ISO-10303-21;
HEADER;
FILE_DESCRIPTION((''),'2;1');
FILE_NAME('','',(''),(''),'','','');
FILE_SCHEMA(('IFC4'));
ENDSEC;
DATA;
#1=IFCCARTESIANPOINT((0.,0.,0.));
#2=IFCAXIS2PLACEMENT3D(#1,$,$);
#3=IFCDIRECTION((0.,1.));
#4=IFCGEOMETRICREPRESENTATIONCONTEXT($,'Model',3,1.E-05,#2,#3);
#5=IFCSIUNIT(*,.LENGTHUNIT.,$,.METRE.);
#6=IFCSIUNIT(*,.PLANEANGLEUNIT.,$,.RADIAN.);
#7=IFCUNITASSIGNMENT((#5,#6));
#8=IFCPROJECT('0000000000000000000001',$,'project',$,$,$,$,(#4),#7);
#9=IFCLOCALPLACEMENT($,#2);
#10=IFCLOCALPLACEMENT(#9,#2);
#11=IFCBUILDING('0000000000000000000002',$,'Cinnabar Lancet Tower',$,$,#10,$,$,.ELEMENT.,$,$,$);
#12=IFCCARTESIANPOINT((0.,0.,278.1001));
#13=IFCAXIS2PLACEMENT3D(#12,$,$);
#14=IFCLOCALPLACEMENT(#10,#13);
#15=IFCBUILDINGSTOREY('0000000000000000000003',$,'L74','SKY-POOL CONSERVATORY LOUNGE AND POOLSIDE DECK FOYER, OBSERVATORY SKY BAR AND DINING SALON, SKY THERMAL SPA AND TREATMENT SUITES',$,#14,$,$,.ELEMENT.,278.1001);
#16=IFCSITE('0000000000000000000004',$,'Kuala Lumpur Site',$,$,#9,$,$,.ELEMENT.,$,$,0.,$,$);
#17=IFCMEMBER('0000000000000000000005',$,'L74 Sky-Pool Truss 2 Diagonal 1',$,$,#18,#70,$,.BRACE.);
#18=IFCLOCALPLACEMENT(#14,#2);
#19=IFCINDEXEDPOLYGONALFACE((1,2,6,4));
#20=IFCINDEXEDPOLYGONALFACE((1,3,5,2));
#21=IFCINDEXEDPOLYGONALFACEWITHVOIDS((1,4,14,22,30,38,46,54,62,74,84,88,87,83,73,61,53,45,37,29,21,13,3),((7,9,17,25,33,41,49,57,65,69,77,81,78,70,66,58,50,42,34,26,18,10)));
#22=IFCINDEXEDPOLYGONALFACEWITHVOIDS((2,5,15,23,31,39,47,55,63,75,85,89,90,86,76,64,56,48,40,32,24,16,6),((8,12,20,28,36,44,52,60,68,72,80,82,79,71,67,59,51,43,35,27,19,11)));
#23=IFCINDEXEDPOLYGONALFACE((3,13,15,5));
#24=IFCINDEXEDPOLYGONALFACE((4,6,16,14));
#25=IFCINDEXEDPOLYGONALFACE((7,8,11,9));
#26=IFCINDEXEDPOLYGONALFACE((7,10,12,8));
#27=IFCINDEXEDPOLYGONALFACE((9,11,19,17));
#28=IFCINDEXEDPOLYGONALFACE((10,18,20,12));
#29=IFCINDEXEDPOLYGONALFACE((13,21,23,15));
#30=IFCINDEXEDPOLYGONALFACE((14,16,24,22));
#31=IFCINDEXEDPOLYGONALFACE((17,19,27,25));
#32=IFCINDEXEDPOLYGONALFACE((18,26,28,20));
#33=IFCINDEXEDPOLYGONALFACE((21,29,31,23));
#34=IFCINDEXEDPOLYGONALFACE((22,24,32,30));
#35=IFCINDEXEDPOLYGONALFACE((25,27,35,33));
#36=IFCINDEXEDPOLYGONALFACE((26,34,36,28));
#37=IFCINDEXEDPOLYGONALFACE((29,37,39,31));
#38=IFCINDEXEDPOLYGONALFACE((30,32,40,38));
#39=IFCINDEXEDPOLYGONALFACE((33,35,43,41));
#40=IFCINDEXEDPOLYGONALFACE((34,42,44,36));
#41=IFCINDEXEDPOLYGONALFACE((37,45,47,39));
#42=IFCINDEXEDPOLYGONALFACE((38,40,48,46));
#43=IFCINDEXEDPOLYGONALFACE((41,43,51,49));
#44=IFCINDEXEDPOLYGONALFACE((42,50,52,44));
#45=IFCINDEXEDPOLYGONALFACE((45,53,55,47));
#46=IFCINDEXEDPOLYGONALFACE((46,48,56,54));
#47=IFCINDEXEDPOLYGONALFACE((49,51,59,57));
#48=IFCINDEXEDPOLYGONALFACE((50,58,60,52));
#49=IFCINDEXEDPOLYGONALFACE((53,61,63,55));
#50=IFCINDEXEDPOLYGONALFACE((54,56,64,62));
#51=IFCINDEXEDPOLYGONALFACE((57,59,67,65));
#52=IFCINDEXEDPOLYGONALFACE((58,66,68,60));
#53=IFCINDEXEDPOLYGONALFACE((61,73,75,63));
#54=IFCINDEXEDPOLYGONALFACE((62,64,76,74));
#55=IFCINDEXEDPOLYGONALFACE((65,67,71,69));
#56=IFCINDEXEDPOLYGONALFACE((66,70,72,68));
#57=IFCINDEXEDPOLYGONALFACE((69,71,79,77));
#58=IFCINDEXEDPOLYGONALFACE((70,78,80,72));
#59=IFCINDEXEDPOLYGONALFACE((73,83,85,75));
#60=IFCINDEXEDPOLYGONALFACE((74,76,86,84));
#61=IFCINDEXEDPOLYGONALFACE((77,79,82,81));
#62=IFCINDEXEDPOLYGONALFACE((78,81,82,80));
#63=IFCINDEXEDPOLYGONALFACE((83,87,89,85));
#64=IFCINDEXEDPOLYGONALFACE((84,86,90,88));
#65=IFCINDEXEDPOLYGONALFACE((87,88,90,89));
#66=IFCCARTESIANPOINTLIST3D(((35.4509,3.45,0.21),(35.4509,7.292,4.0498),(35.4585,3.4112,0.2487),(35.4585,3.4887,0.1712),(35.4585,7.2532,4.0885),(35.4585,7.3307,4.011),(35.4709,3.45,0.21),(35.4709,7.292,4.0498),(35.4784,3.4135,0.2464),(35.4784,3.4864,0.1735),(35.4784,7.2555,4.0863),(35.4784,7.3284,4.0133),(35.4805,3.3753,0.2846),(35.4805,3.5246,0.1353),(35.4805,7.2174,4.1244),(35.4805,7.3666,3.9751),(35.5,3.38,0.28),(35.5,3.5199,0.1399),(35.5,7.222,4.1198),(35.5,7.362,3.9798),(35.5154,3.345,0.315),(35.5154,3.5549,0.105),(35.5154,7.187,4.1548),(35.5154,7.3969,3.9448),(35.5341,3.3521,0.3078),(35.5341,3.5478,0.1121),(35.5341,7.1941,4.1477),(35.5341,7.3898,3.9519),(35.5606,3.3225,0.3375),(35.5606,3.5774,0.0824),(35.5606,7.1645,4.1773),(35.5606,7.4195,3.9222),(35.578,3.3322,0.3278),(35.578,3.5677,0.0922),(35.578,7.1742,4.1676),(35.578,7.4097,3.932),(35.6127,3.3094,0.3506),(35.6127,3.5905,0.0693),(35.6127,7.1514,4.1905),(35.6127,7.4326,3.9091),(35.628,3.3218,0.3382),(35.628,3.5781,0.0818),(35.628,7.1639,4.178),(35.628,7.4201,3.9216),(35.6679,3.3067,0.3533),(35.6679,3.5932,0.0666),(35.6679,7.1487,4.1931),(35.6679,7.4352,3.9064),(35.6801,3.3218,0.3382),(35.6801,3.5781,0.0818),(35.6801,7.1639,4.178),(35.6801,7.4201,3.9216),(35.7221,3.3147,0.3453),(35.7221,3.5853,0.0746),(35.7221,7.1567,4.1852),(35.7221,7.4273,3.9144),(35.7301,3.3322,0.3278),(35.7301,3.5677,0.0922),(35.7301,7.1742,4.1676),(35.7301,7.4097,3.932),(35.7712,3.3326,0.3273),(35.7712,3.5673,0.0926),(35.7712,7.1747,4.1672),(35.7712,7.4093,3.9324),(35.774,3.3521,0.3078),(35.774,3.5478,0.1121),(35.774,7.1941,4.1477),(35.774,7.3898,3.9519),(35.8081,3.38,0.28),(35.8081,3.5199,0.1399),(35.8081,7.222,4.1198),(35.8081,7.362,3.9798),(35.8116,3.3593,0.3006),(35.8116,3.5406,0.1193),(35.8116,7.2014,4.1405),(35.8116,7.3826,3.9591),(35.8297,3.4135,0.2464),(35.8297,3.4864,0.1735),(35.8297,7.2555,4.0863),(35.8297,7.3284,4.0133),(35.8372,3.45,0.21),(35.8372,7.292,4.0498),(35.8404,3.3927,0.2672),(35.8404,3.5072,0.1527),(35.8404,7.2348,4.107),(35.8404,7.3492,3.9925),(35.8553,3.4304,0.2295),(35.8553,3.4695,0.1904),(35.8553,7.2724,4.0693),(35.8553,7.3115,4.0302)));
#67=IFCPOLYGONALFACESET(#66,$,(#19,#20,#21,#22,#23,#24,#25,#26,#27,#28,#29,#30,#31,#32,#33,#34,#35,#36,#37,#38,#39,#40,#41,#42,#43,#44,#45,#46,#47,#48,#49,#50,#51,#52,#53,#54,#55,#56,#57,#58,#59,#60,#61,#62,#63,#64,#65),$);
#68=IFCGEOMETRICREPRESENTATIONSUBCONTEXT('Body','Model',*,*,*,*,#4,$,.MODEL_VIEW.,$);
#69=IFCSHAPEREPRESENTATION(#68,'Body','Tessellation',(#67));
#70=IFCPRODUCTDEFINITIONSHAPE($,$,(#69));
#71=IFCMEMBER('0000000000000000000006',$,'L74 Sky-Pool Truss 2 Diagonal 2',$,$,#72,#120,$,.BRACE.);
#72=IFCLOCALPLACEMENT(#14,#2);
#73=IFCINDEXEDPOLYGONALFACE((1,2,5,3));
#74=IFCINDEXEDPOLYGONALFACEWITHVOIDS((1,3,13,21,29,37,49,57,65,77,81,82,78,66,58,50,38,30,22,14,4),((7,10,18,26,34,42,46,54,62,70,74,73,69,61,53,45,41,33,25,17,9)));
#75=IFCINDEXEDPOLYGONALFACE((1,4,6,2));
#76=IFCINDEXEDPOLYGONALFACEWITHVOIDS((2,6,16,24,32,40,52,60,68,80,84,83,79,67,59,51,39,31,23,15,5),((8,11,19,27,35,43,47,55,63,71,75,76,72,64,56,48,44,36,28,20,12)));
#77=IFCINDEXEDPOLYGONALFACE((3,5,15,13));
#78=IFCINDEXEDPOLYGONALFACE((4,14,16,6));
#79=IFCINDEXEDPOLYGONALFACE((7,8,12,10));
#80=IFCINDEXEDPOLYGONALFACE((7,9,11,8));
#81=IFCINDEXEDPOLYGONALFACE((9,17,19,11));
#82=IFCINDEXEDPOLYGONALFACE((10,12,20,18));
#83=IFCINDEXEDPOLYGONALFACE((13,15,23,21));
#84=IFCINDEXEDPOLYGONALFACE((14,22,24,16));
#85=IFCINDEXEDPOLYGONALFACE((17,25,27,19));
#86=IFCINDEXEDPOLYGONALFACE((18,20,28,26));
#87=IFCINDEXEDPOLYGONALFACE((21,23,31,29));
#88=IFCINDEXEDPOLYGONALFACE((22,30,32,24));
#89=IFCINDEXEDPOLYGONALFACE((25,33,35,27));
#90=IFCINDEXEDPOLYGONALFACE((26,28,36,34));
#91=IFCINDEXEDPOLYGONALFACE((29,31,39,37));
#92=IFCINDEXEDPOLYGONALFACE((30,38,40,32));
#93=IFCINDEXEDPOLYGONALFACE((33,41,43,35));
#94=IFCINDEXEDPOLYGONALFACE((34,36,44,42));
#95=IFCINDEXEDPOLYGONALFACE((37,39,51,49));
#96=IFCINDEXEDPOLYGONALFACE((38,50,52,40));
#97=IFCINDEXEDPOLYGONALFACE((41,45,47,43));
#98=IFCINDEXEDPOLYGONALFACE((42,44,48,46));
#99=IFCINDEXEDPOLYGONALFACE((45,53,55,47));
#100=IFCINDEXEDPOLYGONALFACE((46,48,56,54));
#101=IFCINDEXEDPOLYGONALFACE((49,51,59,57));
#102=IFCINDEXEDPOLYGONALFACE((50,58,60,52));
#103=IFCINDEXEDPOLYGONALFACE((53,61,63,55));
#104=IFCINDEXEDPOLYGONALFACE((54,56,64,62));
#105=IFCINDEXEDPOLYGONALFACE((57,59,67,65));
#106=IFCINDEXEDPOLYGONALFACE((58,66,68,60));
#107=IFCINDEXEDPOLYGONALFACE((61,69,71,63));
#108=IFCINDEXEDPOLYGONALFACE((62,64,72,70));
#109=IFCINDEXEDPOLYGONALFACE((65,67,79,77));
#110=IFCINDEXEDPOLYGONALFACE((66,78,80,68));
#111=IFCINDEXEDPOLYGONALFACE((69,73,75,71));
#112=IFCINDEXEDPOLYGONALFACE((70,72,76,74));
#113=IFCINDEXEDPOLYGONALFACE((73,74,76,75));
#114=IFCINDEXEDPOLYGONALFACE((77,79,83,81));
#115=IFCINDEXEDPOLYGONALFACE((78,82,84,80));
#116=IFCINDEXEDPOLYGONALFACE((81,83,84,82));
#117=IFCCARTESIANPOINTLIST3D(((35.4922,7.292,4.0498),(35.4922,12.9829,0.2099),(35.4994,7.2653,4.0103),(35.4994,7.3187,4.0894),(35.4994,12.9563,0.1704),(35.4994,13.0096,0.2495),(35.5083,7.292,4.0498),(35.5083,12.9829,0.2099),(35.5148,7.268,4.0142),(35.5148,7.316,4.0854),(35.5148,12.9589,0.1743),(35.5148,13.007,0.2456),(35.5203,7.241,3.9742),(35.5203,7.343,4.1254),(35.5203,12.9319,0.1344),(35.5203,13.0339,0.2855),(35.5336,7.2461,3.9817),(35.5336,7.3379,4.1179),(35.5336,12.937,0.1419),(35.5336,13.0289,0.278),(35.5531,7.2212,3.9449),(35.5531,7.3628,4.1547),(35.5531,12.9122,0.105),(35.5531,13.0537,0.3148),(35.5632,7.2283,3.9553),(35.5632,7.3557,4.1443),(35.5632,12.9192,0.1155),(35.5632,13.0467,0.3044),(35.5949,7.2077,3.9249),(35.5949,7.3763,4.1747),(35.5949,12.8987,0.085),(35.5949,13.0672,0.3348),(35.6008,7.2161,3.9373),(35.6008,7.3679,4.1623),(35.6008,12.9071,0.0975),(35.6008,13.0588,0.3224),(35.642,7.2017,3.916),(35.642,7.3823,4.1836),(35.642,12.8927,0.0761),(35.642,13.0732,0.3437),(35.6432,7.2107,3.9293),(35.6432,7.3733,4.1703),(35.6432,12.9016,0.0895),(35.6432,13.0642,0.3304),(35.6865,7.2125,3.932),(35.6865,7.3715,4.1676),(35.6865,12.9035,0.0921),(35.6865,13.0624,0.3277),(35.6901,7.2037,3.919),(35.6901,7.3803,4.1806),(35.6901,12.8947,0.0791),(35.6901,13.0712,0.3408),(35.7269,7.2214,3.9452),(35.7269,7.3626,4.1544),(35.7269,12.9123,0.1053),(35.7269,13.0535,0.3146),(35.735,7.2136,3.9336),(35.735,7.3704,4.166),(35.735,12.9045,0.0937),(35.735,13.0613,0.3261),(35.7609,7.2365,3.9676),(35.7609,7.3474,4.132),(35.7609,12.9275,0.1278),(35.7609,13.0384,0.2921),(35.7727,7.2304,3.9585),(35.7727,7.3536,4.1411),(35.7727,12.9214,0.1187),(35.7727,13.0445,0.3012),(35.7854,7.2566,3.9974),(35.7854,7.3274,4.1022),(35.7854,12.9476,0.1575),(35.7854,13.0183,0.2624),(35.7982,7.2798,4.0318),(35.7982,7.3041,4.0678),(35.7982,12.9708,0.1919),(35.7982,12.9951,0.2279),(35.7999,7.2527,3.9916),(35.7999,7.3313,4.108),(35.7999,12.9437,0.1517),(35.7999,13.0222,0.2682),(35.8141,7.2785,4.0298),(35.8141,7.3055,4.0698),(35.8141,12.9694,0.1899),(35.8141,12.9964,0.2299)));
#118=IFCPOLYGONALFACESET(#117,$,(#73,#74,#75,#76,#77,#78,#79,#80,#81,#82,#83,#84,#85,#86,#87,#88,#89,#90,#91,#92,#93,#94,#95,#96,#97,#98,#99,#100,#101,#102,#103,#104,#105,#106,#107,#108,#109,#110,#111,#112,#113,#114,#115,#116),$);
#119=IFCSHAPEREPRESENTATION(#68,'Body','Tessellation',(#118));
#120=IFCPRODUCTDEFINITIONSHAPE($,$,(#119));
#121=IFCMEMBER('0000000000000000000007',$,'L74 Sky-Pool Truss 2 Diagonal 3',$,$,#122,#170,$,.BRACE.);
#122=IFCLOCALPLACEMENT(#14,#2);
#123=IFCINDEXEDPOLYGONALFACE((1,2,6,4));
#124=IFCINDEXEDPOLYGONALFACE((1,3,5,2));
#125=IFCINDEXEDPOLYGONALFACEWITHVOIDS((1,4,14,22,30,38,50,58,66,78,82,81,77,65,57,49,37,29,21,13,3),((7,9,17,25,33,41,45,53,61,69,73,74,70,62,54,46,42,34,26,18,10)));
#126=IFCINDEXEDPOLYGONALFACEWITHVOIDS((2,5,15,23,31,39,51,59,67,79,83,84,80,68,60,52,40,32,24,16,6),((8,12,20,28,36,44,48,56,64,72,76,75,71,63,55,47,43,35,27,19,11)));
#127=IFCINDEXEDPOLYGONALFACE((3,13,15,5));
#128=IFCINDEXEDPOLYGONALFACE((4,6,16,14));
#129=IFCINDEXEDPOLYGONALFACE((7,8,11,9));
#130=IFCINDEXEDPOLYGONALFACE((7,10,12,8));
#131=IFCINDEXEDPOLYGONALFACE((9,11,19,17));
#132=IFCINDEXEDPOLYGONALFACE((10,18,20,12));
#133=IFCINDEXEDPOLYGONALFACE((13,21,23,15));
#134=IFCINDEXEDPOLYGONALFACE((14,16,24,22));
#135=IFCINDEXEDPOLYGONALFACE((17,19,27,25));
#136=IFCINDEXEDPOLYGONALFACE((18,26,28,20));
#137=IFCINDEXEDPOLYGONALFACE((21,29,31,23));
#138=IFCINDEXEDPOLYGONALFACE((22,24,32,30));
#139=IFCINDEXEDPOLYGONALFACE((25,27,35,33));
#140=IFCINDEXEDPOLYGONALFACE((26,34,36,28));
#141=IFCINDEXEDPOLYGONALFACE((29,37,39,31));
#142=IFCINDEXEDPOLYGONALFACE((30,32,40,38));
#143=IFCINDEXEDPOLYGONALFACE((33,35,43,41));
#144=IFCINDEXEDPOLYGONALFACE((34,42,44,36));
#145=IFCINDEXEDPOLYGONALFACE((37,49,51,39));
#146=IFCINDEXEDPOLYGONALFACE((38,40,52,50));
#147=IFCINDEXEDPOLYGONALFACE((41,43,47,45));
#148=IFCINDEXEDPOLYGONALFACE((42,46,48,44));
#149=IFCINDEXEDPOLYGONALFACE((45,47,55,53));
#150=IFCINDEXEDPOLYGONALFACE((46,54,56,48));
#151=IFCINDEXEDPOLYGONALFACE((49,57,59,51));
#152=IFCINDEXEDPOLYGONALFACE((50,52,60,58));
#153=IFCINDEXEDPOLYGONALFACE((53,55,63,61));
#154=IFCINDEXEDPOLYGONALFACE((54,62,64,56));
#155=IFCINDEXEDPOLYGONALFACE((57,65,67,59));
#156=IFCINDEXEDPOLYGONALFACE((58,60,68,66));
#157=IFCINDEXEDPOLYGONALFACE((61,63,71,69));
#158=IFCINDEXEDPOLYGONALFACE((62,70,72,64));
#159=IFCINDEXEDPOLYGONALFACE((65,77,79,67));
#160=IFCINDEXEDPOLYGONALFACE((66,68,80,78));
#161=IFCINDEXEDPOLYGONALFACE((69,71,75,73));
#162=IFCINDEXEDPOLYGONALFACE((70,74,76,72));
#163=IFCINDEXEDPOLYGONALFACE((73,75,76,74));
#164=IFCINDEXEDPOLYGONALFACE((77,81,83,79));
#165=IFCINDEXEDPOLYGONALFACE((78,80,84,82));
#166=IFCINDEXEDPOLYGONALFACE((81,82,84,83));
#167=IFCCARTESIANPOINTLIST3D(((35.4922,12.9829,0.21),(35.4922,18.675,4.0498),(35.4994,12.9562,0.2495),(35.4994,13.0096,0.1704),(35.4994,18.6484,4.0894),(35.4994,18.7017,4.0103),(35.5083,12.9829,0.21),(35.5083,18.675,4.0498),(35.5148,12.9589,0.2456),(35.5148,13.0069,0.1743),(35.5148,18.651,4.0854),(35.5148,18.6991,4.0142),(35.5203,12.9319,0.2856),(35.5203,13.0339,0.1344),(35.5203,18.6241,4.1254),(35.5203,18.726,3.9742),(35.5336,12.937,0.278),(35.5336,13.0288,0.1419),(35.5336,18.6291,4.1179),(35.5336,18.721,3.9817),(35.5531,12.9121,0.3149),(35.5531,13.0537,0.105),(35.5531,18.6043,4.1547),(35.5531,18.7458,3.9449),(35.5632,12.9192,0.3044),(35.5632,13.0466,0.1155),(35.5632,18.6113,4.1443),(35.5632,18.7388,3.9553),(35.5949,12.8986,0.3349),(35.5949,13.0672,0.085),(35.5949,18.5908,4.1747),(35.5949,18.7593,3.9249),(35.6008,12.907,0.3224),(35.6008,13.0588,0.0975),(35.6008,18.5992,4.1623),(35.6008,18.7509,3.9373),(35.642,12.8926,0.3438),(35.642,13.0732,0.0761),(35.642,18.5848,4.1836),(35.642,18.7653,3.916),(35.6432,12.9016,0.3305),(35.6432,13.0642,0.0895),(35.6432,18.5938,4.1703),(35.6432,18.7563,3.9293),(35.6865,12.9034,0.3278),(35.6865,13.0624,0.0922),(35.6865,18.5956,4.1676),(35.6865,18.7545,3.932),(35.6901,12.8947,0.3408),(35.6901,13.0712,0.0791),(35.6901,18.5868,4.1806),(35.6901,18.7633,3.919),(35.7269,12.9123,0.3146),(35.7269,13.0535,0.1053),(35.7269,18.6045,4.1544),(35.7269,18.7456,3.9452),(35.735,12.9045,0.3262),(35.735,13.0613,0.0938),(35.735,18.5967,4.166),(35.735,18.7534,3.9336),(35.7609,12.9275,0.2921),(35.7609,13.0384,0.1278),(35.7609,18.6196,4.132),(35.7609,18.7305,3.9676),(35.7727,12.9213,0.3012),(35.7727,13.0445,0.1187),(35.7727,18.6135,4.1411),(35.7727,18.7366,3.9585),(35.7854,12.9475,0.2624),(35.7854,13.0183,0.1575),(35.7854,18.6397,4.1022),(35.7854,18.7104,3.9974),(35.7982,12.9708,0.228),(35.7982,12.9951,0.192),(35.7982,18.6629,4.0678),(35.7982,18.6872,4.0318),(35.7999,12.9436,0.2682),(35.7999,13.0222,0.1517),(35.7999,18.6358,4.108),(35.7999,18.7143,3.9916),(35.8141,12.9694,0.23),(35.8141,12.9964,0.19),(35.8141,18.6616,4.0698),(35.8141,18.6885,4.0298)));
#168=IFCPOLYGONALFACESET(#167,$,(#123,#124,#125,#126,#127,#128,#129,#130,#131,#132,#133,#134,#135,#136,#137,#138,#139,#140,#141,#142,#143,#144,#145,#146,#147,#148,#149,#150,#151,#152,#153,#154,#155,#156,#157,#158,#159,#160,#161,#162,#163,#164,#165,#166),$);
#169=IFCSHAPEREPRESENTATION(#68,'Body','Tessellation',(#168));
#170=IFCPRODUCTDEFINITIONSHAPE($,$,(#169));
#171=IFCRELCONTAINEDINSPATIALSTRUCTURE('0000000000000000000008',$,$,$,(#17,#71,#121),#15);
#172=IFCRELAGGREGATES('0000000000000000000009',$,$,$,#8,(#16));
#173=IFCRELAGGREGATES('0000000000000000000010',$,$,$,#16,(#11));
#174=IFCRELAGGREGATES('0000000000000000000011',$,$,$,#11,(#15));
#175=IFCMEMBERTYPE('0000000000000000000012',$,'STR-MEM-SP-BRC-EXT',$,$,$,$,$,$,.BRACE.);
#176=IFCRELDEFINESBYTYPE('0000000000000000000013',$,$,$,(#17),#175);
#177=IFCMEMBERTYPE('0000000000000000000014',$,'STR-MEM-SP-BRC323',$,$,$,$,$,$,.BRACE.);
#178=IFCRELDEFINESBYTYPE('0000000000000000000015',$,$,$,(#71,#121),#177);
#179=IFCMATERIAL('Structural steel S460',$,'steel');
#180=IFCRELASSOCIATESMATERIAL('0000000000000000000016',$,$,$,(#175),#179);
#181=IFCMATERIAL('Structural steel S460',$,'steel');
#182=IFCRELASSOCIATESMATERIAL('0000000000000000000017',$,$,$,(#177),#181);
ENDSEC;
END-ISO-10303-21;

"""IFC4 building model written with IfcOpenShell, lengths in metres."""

from ifc_helpers import new_model, si_unit, direction, frame, origin, origin_2d, place, context, subcontext, project, spatial, hollow_circle, extrude, material, material_profile, profile_set, type_object, element, save


model = new_model("IFC4")

# Units and contexts
model_context = context("Model", 3, precision=1e-05, world=origin(), true_north=direction((0.0, 1.0)))
body_context = subcontext(model_context, "Body", "Model", "MODEL_VIEW")
ifc_project = project(units=[si_unit("LENGTHUNIT", "METRE"), si_unit("PLANEANGLEUNIT", "RADIAN")], contexts=[model_context])

# Site, building, storey
site_placement = place(None, origin())
site = spatial("IfcSite", under=ifc_project, at=site_placement, Name="Kuala Lumpur Site", CompositionType="ELEMENT", RefElevation=0.0)
building_placement = place(site_placement, origin())
building = spatial("IfcBuilding", under=site, at=building_placement, Name="Cinnabar Lancet Tower", CompositionType="ELEMENT")
storey_placement = place(building_placement, frame((0.0, 0.0, 278.1001)))
storey = spatial("IfcBuildingStorey", under=building, at=storey_placement, Name="L74", Description="SKY-POOL CONSERVATORY LOUNGE AND POOLSIDE DECK FOYER, OBSERVATORY SKY BAR AND DINING SALON, SKY THERMAL SPA AND TREATMENT SUITES", CompositionType="ELEMENT", Elevation=278.1001)

# Members
ifc_material_1 = material(Name="Structural steel S460", Category="steel")
ifc_material_profile_1 = material_profile(ifc_material_1, hollow_circle(Radius=0.2031, WallThickness=0.02, at=origin_2d()), Name="CHS 406.4x20")
ifc_profile_set_1 = profile_set([ifc_material_profile_1], Name="Structural steel S460")
member_type_1 = type_object("IfcMemberType", Name="STR-MEM-SP-BRC-EXT", PredefinedType="BRACE", material=ifc_profile_set_1)
member_1_placement = place(storey_placement, frame((35.6541, 3.45, 0.21), z_axis=(0.0, 0.707309, 0.706904), x_axis=(-1.0, 0.0, 0.0)))
element("IfcMember", 1, at=member_1_placement, inside=storey, type_object=member_type_1, Name="L74 Sky-Pool Truss 2 Diagonal 1", PredefinedType="BRACE", context=body_context, shape_type="SweptSolid", body=[
    extrude(hollow_circle(Radius=0.2031, WallThickness=0.02, at=origin_2d()), origin(), (0.0, 0.0, 1.0), 5.4319),
])
ifc_material_2 = material(Name="Structural steel S460", Category="steel")
ifc_material_profile_2 = material_profile(ifc_material_2, hollow_circle(Radius=0.1619, WallThickness=0.0161, at=origin_2d()), Name="CHS 323.9x16")
ifc_profile_set_2 = profile_set([ifc_material_profile_2], Name="Structural steel S460")
member_type_2 = type_object("IfcMemberType", Name="STR-MEM-SP-BRC323", PredefinedType="BRACE", material=ifc_profile_set_2)
member_2_placement = place(storey_placement, frame((35.6541, 7.292, 4.0498), z_axis=(0.0, 0.828952, -0.55932), x_axis=(-1.0, 0.0, 0.0)))
element("IfcMember", 2, at=member_2_placement, inside=storey, type_object=member_type_2, Name="L74 Sky-Pool Truss 2 Diagonal 2", PredefinedType="BRACE", context=body_context, shape_type="SweptSolid", body=[
    extrude(hollow_circle(Radius=0.1619, WallThickness=0.0161, at=origin_2d()), origin(), (0.0, 0.0, 1.0), 6.8652),
])
member_3_placement = place(storey_placement, frame((35.6541, 12.9829, 0.21), z_axis=(0.0, 0.829007, 0.559238), x_axis=(-1.0, 0.0, 0.0)))
element("IfcMember", 3, at=member_3_placement, inside=storey, type_object=member_type_2, Name="L74 Sky-Pool Truss 2 Diagonal 3", PredefinedType="BRACE", context=body_context, shape_type="SweptSolid", body=[
    extrude(hollow_circle(Radius=0.1619, WallThickness=0.0161, at=origin_2d()), origin(), (0.0, 0.0, 1.0), 6.8662),
])

save(model, "model.ifc")
